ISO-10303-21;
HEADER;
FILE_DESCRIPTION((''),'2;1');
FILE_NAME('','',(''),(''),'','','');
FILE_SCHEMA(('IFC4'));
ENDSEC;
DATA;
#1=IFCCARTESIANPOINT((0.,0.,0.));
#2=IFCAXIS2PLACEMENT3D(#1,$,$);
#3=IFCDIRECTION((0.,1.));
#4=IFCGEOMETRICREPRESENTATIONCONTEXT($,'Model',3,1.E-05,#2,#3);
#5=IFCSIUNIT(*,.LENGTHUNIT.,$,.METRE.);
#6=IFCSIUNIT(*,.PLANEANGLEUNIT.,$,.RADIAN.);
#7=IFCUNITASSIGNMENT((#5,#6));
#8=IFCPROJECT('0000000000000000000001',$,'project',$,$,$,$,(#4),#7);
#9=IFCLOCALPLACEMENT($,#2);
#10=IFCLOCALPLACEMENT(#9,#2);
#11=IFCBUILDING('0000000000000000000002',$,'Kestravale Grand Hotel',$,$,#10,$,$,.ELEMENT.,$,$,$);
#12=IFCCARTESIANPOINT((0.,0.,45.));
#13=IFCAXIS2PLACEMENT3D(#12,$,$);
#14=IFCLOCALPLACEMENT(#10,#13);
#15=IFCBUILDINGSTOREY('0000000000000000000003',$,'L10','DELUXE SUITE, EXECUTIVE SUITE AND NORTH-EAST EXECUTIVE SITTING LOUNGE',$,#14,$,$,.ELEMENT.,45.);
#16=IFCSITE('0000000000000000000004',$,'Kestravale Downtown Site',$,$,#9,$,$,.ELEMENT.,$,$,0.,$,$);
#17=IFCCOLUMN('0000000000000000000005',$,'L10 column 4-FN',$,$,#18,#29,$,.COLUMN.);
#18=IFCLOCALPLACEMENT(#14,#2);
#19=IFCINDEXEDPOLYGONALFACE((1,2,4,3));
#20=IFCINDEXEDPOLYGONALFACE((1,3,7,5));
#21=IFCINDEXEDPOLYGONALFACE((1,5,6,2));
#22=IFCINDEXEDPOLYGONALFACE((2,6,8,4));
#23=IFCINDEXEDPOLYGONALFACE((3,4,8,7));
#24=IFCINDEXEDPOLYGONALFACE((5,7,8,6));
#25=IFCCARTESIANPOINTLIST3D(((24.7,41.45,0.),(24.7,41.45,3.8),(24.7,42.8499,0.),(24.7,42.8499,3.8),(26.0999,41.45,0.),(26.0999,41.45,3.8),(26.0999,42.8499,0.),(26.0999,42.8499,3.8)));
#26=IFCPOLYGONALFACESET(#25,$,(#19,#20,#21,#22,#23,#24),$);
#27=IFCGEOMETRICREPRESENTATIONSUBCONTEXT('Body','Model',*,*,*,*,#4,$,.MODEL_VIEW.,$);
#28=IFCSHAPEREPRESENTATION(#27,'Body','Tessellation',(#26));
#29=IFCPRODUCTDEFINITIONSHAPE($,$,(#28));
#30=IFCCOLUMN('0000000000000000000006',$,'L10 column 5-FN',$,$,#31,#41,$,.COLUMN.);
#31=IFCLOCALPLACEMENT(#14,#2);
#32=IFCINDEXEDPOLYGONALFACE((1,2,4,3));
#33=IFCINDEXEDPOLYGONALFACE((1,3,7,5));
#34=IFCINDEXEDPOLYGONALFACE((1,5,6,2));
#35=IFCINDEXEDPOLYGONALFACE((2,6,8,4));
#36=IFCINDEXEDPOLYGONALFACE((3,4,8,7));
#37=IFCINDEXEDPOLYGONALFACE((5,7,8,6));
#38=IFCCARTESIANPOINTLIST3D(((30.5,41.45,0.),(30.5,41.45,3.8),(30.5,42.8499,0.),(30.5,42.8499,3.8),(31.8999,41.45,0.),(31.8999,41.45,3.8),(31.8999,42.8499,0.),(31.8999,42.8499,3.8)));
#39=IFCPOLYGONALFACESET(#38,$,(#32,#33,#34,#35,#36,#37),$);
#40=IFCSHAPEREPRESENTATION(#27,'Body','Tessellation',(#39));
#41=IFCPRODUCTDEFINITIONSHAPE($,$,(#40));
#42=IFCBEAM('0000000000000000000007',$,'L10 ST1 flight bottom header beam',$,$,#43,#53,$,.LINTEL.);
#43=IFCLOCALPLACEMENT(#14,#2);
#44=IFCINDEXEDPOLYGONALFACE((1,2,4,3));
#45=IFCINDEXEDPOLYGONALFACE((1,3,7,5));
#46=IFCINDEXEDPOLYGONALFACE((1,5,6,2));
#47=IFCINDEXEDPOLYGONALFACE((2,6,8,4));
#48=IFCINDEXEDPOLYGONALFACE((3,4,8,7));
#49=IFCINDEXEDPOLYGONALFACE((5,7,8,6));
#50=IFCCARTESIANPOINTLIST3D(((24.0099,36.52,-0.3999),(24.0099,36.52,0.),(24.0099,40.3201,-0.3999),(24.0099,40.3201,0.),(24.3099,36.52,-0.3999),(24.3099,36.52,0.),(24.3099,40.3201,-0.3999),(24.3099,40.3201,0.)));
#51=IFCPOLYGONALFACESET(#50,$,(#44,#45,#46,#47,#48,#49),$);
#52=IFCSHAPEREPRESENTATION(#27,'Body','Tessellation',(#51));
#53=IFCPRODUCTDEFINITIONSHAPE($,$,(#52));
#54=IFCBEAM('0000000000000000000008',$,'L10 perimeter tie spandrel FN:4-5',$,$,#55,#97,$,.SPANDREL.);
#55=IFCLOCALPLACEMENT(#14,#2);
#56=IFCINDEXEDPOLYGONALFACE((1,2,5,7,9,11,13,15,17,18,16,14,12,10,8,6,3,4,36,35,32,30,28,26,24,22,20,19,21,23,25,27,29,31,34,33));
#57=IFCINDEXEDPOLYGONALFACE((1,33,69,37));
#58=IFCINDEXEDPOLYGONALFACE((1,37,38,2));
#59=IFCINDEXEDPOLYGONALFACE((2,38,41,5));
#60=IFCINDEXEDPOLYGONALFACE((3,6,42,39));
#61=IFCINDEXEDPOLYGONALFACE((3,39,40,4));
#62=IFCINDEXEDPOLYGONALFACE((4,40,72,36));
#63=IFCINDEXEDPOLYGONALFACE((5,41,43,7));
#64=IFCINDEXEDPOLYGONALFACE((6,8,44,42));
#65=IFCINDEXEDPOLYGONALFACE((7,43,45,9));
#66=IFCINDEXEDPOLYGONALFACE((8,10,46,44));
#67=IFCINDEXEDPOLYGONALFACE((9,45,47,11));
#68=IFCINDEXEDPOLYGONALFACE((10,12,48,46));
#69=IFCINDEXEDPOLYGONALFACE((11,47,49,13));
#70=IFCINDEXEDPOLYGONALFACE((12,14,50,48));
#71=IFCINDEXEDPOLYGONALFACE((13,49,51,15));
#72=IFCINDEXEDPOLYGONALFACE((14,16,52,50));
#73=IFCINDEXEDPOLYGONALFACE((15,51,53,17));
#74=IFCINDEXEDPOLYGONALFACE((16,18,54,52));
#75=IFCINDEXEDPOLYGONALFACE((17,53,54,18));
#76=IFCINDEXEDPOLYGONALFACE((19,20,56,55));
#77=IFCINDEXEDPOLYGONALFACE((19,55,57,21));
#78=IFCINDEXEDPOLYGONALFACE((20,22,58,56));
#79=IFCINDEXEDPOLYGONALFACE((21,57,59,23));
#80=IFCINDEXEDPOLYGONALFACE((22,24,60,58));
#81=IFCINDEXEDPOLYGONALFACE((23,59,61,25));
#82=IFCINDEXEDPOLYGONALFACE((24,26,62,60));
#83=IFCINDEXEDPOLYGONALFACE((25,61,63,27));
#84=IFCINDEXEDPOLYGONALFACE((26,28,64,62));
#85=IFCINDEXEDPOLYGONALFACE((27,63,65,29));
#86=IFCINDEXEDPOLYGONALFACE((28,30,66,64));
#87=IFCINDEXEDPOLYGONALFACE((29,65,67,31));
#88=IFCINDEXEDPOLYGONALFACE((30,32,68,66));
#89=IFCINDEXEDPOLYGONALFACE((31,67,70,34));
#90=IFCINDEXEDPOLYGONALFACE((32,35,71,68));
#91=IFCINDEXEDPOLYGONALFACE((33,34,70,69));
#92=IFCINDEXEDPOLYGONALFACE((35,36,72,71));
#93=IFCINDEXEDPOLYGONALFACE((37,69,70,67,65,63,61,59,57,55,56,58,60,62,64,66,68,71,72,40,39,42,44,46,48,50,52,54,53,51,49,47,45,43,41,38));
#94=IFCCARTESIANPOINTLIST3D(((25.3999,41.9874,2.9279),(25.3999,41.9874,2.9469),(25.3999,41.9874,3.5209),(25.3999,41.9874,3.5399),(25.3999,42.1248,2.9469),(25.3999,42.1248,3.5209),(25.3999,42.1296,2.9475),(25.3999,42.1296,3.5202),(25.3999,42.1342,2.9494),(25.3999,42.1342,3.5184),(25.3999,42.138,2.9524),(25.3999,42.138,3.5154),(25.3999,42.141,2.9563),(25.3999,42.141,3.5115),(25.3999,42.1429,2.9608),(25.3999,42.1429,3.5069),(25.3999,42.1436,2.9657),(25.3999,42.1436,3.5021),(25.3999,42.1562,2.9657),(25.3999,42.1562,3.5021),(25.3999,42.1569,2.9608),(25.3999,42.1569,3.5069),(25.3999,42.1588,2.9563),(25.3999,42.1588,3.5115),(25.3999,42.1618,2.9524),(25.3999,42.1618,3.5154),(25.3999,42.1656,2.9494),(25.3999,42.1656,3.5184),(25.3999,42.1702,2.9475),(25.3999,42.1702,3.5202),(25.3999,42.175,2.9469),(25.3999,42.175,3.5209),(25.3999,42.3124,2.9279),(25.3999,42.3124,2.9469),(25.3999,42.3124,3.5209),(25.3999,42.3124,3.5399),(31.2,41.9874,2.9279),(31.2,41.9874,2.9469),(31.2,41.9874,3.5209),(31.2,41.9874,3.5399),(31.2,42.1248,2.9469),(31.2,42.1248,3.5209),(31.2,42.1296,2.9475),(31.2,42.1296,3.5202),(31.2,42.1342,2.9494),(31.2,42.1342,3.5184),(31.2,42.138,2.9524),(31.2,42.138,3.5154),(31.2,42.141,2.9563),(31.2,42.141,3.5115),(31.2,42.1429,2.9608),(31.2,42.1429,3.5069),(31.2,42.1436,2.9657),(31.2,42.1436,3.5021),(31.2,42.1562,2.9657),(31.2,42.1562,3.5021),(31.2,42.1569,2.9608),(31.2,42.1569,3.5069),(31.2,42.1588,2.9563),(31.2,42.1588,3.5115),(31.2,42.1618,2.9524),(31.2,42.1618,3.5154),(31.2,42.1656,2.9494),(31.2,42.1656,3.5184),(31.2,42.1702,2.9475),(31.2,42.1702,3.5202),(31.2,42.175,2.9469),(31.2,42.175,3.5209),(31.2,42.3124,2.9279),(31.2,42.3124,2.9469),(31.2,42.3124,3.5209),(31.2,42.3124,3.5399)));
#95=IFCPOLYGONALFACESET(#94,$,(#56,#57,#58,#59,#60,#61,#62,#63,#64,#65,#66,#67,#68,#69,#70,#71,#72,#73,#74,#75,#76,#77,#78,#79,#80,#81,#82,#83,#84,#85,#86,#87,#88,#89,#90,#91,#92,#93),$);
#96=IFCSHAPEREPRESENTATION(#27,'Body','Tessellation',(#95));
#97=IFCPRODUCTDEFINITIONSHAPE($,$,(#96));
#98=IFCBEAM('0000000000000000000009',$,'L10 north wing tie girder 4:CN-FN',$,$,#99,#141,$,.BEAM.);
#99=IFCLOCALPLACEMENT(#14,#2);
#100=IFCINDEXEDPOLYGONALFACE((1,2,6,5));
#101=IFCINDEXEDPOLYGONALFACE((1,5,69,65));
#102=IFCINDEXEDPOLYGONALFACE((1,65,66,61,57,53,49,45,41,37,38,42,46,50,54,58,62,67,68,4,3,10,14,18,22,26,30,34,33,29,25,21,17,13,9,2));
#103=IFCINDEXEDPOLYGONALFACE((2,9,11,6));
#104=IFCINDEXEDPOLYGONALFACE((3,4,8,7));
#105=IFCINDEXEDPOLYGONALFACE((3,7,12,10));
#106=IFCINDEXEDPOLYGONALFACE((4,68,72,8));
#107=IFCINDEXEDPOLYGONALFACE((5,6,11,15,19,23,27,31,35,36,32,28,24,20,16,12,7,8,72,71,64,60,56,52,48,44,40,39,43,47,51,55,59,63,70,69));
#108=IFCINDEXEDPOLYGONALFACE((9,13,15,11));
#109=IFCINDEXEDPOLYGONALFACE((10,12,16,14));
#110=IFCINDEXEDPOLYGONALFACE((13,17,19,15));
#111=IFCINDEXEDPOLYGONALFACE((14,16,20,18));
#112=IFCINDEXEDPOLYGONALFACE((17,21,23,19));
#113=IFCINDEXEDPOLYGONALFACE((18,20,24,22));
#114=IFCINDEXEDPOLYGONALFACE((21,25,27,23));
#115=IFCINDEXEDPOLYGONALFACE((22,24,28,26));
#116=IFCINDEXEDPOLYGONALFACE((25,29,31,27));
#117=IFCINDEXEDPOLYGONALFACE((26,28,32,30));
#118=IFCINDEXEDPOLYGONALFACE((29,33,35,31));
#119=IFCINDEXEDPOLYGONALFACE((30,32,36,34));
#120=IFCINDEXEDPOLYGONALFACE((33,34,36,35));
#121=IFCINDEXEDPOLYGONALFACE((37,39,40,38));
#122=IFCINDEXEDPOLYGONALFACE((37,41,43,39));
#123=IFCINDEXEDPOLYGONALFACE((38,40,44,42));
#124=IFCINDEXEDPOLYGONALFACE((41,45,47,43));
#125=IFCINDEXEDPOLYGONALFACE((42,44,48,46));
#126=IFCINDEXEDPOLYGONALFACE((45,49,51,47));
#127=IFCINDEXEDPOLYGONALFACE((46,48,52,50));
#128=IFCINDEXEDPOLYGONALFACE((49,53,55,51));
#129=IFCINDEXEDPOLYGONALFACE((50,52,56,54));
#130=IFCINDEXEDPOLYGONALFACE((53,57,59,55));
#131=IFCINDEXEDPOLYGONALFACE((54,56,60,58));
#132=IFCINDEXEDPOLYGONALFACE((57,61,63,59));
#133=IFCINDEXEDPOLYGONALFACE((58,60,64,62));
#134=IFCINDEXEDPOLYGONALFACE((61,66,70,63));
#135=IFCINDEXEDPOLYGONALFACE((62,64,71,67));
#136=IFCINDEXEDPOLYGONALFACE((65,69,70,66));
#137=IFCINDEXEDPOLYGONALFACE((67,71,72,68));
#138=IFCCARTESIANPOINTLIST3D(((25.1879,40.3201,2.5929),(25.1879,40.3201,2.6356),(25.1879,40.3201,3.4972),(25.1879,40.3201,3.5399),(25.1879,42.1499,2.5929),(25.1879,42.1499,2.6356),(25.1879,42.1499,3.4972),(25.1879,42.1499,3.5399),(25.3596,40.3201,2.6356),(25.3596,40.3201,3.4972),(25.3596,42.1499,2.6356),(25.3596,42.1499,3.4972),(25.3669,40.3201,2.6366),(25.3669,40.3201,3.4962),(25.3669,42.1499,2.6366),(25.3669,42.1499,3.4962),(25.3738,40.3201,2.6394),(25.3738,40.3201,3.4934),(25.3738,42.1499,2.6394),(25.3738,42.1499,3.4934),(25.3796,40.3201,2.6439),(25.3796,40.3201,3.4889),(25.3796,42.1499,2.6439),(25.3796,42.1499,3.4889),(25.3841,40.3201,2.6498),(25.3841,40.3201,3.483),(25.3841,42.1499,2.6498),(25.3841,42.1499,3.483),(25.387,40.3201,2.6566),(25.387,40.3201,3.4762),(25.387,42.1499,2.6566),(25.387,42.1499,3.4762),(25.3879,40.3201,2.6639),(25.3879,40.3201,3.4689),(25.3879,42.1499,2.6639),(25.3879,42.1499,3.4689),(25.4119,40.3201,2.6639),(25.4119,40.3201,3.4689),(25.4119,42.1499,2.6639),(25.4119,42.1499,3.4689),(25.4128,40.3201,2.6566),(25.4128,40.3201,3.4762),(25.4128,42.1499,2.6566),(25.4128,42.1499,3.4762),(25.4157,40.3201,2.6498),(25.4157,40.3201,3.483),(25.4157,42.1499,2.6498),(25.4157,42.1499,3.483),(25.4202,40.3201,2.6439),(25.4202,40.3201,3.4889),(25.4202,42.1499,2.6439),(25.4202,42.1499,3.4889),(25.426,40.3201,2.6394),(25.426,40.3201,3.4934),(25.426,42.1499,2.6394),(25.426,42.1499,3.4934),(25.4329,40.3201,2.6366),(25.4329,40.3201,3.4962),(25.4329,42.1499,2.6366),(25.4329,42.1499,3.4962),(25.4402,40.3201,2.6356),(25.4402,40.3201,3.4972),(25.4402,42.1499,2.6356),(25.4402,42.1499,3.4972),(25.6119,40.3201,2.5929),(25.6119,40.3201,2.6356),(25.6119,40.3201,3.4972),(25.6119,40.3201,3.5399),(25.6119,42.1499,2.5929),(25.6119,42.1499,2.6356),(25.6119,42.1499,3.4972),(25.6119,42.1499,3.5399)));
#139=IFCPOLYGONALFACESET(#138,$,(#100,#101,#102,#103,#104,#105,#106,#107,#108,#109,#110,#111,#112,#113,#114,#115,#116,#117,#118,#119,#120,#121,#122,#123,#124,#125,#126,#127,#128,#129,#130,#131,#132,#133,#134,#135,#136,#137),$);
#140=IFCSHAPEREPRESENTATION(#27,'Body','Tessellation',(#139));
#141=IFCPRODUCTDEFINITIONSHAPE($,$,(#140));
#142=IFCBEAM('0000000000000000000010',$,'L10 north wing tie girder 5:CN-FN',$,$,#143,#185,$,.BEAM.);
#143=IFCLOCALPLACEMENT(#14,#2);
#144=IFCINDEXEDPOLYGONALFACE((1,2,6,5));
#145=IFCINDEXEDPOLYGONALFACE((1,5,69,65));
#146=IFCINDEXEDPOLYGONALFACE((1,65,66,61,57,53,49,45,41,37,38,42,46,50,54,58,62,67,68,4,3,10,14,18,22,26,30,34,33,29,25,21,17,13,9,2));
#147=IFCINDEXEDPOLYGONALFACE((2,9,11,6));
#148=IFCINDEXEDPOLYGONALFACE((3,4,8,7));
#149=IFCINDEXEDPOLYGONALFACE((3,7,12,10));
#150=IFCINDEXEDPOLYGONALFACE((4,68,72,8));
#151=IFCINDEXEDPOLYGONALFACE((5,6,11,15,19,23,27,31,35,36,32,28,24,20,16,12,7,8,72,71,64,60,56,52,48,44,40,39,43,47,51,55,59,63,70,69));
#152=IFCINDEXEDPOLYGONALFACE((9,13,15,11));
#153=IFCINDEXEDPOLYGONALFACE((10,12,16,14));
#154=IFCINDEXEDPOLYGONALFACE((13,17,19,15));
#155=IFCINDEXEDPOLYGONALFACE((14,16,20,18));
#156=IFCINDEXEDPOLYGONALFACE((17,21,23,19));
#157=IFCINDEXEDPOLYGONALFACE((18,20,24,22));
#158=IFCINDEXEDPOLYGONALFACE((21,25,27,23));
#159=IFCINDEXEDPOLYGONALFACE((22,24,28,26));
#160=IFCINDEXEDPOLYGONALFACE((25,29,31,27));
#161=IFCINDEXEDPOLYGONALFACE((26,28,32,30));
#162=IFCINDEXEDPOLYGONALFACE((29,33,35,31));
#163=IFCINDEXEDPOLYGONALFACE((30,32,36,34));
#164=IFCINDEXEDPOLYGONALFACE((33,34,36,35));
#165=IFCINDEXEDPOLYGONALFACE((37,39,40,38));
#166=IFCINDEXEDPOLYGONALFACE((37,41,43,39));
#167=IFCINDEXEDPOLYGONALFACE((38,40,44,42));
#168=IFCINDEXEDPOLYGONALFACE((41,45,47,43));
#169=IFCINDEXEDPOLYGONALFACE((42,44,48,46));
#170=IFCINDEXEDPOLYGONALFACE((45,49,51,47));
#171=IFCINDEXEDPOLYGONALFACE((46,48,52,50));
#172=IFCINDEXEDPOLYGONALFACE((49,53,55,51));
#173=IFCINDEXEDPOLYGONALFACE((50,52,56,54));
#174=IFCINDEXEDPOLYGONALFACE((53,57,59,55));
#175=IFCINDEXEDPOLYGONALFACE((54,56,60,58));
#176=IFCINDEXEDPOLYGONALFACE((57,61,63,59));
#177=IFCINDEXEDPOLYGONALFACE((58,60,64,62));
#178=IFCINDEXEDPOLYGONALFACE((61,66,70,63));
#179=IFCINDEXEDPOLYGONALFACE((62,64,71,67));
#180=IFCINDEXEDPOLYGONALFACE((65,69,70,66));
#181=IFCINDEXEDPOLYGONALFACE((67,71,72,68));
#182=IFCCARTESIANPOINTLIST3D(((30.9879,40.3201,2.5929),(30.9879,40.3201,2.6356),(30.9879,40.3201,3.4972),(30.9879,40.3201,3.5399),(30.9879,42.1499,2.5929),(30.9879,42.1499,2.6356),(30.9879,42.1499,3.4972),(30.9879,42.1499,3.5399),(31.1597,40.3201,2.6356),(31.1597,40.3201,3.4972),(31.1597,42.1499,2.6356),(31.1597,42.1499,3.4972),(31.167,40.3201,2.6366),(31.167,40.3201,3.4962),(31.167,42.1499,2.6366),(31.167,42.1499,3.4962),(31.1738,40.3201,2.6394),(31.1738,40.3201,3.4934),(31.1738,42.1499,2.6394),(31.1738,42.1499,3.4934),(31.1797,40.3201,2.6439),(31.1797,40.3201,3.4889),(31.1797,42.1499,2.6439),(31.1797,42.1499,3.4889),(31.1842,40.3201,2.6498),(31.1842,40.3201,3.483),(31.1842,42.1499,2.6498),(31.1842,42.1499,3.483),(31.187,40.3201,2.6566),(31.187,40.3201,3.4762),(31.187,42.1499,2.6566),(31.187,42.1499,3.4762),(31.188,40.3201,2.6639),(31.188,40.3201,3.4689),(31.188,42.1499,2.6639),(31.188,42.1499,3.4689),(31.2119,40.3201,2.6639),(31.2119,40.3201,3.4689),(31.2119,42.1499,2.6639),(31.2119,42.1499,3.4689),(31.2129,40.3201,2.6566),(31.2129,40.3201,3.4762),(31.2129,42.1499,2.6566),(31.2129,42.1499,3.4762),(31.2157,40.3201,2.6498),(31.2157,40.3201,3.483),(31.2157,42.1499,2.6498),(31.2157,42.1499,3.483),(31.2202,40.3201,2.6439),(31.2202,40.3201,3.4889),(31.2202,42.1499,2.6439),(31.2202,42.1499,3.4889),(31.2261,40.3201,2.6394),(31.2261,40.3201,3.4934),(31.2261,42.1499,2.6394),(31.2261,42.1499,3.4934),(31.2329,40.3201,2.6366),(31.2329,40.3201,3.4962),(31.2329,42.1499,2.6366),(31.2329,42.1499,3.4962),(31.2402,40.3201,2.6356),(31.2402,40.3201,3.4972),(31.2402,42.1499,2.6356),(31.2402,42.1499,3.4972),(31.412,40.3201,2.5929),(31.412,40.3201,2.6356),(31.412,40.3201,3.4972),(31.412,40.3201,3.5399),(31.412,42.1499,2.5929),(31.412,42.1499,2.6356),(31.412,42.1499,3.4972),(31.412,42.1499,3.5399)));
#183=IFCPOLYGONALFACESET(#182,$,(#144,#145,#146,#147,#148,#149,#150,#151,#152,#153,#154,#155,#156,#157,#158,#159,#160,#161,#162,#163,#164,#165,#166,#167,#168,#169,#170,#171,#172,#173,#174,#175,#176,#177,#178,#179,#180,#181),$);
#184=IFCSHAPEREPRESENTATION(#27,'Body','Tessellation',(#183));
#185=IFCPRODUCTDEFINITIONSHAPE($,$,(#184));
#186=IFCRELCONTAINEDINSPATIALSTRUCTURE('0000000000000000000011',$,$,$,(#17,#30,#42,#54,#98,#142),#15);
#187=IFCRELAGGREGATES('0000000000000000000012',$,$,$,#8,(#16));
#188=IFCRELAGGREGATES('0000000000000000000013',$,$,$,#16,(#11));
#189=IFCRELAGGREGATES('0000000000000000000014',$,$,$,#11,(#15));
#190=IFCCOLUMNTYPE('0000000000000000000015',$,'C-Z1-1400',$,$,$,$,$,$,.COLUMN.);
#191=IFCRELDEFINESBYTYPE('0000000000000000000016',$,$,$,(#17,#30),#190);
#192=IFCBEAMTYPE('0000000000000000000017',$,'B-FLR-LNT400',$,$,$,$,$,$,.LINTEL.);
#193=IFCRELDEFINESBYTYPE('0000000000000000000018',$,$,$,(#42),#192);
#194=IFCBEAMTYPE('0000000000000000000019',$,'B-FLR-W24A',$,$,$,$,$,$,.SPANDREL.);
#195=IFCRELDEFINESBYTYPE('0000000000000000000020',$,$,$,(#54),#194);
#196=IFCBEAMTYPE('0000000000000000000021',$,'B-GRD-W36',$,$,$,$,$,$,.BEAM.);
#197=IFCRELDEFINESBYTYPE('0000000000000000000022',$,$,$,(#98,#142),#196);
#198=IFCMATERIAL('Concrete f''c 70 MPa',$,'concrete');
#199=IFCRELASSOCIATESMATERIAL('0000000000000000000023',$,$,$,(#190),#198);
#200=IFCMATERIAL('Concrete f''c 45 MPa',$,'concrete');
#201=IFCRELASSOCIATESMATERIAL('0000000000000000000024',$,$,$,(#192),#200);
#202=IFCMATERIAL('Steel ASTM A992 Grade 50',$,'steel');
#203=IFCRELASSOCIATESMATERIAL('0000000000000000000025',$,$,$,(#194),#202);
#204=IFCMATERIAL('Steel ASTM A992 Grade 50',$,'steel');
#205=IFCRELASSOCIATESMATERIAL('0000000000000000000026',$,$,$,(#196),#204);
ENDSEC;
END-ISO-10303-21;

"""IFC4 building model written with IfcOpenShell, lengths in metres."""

from ifc_helpers import new_model, si_unit, direction, frame, origin, origin_2d, place, context, subcontext, project, spatial, rectangle, i_section, extrude, material, material_profile, profile_set, type_object, element, save


model = new_model("IFC4")

# Units and contexts
model_context = context("Model", 3, precision=1e-05, world=origin(), true_north=direction((0.0, 1.0)))
body_context = subcontext(model_context, "Body", "Model", "MODEL_VIEW")
ifc_project = project(units=[si_unit("LENGTHUNIT", "METRE"), si_unit("PLANEANGLEUNIT", "RADIAN")], contexts=[model_context])

# Site, building, storey
site_placement = place(None, origin())
site = spatial("IfcSite", under=ifc_project, at=site_placement, Name="Kestravale Downtown Site", CompositionType="ELEMENT", RefElevation=0.0)
building_placement = place(site_placement, origin())
building = spatial("IfcBuilding", under=site, at=building_placement, Name="Kestravale Grand Hotel", CompositionType="ELEMENT")
storey_placement = place(building_placement, frame((0.0, 0.0, 45.0)))
storey = spatial("IfcBuildingStorey", under=building, at=storey_placement, Name="L10", Description="DELUXE SUITE, EXECUTIVE SUITE AND NORTH-EAST EXECUTIVE SITTING LOUNGE", CompositionType="ELEMENT", Elevation=45.0)

# Columns
ifc_material_1 = material(Name="Concrete f'c 70 MPa", Category="concrete")
ifc_material_profile_1 = material_profile(ifc_material_1, rectangle(XDim=1.3999, YDim=1.3999, at=origin_2d()))
ifc_profile_set_1 = profile_set([ifc_material_profile_1], Name="Concrete f'c 70 MPa")
column_type = type_object("IfcColumnType", Name="C-Z1-1400", PredefinedType="COLUMN", material=ifc_profile_set_1)
for number, where, z_axis, x_axis, name in (
    (1, (25.3999, 42.1499, 0.0), (0.0, 0.0, 1.0), (1.0, 0.0, 0.0), "L10 column 4-FN"),
    (2, (31.2, 42.1499, 0.0), (0.0, 0.0, 1.0), (1.0, 0.0, 0.0), "L10 column 5-FN"),
):
    element("IfcColumn", number, at=place(storey_placement, frame(where, z_axis=z_axis, x_axis=x_axis)), inside=storey, type_object=column_type, Name=name, PredefinedType="COLUMN", context=body_context, shape_type="SweptSolid", body=[
        extrude(rectangle(XDim=1.3999, YDim=1.3999, at=origin_2d()), origin(), (0.0, 0.0, 1.0), 3.8),
    ])

# Beams
ifc_material_2 = material(Name="Concrete f'c 45 MPa", Category="concrete")
ifc_material_profile_2 = material_profile(ifc_material_2, rectangle(XDim=0.3, YDim=0.3999, at=origin_2d()))
ifc_profile_set_2 = profile_set([ifc_material_profile_2], Name="Concrete f'c 45 MPa")
beam_type_1 = type_object("IfcBeamType", Name="B-FLR-LNT400", PredefinedType="LINTEL", material=ifc_profile_set_2)
beam_1_placement = place(storey_placement, frame((24.1599, 36.52, -0.2), z_axis=(0.0, 1.0, 0.0), x_axis=(-1.0, 0.0, 0.0)))
element("IfcBeam", 3, at=beam_1_placement, inside=storey, type_object=beam_type_1, Name="L10 ST1 flight bottom header beam", PredefinedType="LINTEL", context=body_context, shape_type="SweptSolid", body=[
    extrude(rectangle(XDim=0.3, YDim=0.3999, at=origin_2d()), origin(), (0.0, 0.0, 1.0), 3.8),
])
ifc_material_3 = material(Name="Steel ASTM A992 Grade 50", Category="steel")
ifc_material_profile_3 = material_profile(ifc_material_3, i_section(OverallWidth=0.325, OverallDepth=0.6121, WebThickness=0.0127, FlangeThickness=0.019, FilletRadius=0.0188, at=origin_2d()))
ifc_profile_set_3 = profile_set([ifc_material_profile_3], Name="Steel ASTM A992 Grade 50")
beam_type_2 = type_object("IfcBeamType", Name="B-FLR-W24A", PredefinedType="SPANDREL", material=ifc_profile_set_3)
beam_2_placement = place(storey_placement, frame((25.3999, 42.1499, 3.2339), z_axis=(1.0, 0.0, 0.0), x_axis=(0.0, 1.0, 0.0)))
element("IfcBeam", 4, at=beam_2_placement, inside=storey, type_object=beam_type_2, Name="L10 perimeter tie spandrel FN:4-5", PredefinedType="SPANDREL", context=body_context, shape_type="SweptSolid", body=[
    extrude(i_section(OverallWidth=0.325, OverallDepth=0.6121, WebThickness=0.0127, FlangeThickness=0.019, FilletRadius=0.0188, at=origin_2d()), origin(), (0.0, 0.0, 1.0), 5.8),
])
ifc_material_4 = material(Name="Steel ASTM A992 Grade 50", Category="steel")
ifc_material_profile_4 = material_profile(ifc_material_4, i_section(OverallWidth=0.4241, OverallDepth=0.947, WebThickness=0.0239, FlangeThickness=0.0427, FilletRadius=0.0283, at=origin_2d()))
ifc_profile_set_4 = profile_set([ifc_material_profile_4], Name="Steel ASTM A992 Grade 50")
beam_type_3 = type_object("IfcBeamType", Name="B-GRD-W36", PredefinedType="BEAM", material=ifc_profile_set_4)
for number, where, z_axis, x_axis, name in (
    (5, (25.3999, 40.3201, 3.0664), (0.0, 1.0, 0.0), (-1.0, 0.0, 0.0), "L10 north wing tie girder 4:CN-FN"),
    (6, (31.2, 40.3201, 3.0664), (0.0, 1.0, 0.0), (-1.0, 0.0, 0.0), "L10 north wing tie girder 5:CN-FN"),
):
    element("IfcBeam", number, at=place(storey_placement, frame(where, z_axis=z_axis, x_axis=x_axis)), inside=storey, type_object=beam_type_3, Name=name, PredefinedType="BEAM", context=body_context, shape_type="SweptSolid", body=[
        extrude(i_section(OverallWidth=0.4241, OverallDepth=0.947, WebThickness=0.0239, FlangeThickness=0.0427, FilletRadius=0.0283, at=origin_2d()), origin(), (0.0, 0.0, 1.0), 1.8298),
    ])

save(model, "model.ifc")
